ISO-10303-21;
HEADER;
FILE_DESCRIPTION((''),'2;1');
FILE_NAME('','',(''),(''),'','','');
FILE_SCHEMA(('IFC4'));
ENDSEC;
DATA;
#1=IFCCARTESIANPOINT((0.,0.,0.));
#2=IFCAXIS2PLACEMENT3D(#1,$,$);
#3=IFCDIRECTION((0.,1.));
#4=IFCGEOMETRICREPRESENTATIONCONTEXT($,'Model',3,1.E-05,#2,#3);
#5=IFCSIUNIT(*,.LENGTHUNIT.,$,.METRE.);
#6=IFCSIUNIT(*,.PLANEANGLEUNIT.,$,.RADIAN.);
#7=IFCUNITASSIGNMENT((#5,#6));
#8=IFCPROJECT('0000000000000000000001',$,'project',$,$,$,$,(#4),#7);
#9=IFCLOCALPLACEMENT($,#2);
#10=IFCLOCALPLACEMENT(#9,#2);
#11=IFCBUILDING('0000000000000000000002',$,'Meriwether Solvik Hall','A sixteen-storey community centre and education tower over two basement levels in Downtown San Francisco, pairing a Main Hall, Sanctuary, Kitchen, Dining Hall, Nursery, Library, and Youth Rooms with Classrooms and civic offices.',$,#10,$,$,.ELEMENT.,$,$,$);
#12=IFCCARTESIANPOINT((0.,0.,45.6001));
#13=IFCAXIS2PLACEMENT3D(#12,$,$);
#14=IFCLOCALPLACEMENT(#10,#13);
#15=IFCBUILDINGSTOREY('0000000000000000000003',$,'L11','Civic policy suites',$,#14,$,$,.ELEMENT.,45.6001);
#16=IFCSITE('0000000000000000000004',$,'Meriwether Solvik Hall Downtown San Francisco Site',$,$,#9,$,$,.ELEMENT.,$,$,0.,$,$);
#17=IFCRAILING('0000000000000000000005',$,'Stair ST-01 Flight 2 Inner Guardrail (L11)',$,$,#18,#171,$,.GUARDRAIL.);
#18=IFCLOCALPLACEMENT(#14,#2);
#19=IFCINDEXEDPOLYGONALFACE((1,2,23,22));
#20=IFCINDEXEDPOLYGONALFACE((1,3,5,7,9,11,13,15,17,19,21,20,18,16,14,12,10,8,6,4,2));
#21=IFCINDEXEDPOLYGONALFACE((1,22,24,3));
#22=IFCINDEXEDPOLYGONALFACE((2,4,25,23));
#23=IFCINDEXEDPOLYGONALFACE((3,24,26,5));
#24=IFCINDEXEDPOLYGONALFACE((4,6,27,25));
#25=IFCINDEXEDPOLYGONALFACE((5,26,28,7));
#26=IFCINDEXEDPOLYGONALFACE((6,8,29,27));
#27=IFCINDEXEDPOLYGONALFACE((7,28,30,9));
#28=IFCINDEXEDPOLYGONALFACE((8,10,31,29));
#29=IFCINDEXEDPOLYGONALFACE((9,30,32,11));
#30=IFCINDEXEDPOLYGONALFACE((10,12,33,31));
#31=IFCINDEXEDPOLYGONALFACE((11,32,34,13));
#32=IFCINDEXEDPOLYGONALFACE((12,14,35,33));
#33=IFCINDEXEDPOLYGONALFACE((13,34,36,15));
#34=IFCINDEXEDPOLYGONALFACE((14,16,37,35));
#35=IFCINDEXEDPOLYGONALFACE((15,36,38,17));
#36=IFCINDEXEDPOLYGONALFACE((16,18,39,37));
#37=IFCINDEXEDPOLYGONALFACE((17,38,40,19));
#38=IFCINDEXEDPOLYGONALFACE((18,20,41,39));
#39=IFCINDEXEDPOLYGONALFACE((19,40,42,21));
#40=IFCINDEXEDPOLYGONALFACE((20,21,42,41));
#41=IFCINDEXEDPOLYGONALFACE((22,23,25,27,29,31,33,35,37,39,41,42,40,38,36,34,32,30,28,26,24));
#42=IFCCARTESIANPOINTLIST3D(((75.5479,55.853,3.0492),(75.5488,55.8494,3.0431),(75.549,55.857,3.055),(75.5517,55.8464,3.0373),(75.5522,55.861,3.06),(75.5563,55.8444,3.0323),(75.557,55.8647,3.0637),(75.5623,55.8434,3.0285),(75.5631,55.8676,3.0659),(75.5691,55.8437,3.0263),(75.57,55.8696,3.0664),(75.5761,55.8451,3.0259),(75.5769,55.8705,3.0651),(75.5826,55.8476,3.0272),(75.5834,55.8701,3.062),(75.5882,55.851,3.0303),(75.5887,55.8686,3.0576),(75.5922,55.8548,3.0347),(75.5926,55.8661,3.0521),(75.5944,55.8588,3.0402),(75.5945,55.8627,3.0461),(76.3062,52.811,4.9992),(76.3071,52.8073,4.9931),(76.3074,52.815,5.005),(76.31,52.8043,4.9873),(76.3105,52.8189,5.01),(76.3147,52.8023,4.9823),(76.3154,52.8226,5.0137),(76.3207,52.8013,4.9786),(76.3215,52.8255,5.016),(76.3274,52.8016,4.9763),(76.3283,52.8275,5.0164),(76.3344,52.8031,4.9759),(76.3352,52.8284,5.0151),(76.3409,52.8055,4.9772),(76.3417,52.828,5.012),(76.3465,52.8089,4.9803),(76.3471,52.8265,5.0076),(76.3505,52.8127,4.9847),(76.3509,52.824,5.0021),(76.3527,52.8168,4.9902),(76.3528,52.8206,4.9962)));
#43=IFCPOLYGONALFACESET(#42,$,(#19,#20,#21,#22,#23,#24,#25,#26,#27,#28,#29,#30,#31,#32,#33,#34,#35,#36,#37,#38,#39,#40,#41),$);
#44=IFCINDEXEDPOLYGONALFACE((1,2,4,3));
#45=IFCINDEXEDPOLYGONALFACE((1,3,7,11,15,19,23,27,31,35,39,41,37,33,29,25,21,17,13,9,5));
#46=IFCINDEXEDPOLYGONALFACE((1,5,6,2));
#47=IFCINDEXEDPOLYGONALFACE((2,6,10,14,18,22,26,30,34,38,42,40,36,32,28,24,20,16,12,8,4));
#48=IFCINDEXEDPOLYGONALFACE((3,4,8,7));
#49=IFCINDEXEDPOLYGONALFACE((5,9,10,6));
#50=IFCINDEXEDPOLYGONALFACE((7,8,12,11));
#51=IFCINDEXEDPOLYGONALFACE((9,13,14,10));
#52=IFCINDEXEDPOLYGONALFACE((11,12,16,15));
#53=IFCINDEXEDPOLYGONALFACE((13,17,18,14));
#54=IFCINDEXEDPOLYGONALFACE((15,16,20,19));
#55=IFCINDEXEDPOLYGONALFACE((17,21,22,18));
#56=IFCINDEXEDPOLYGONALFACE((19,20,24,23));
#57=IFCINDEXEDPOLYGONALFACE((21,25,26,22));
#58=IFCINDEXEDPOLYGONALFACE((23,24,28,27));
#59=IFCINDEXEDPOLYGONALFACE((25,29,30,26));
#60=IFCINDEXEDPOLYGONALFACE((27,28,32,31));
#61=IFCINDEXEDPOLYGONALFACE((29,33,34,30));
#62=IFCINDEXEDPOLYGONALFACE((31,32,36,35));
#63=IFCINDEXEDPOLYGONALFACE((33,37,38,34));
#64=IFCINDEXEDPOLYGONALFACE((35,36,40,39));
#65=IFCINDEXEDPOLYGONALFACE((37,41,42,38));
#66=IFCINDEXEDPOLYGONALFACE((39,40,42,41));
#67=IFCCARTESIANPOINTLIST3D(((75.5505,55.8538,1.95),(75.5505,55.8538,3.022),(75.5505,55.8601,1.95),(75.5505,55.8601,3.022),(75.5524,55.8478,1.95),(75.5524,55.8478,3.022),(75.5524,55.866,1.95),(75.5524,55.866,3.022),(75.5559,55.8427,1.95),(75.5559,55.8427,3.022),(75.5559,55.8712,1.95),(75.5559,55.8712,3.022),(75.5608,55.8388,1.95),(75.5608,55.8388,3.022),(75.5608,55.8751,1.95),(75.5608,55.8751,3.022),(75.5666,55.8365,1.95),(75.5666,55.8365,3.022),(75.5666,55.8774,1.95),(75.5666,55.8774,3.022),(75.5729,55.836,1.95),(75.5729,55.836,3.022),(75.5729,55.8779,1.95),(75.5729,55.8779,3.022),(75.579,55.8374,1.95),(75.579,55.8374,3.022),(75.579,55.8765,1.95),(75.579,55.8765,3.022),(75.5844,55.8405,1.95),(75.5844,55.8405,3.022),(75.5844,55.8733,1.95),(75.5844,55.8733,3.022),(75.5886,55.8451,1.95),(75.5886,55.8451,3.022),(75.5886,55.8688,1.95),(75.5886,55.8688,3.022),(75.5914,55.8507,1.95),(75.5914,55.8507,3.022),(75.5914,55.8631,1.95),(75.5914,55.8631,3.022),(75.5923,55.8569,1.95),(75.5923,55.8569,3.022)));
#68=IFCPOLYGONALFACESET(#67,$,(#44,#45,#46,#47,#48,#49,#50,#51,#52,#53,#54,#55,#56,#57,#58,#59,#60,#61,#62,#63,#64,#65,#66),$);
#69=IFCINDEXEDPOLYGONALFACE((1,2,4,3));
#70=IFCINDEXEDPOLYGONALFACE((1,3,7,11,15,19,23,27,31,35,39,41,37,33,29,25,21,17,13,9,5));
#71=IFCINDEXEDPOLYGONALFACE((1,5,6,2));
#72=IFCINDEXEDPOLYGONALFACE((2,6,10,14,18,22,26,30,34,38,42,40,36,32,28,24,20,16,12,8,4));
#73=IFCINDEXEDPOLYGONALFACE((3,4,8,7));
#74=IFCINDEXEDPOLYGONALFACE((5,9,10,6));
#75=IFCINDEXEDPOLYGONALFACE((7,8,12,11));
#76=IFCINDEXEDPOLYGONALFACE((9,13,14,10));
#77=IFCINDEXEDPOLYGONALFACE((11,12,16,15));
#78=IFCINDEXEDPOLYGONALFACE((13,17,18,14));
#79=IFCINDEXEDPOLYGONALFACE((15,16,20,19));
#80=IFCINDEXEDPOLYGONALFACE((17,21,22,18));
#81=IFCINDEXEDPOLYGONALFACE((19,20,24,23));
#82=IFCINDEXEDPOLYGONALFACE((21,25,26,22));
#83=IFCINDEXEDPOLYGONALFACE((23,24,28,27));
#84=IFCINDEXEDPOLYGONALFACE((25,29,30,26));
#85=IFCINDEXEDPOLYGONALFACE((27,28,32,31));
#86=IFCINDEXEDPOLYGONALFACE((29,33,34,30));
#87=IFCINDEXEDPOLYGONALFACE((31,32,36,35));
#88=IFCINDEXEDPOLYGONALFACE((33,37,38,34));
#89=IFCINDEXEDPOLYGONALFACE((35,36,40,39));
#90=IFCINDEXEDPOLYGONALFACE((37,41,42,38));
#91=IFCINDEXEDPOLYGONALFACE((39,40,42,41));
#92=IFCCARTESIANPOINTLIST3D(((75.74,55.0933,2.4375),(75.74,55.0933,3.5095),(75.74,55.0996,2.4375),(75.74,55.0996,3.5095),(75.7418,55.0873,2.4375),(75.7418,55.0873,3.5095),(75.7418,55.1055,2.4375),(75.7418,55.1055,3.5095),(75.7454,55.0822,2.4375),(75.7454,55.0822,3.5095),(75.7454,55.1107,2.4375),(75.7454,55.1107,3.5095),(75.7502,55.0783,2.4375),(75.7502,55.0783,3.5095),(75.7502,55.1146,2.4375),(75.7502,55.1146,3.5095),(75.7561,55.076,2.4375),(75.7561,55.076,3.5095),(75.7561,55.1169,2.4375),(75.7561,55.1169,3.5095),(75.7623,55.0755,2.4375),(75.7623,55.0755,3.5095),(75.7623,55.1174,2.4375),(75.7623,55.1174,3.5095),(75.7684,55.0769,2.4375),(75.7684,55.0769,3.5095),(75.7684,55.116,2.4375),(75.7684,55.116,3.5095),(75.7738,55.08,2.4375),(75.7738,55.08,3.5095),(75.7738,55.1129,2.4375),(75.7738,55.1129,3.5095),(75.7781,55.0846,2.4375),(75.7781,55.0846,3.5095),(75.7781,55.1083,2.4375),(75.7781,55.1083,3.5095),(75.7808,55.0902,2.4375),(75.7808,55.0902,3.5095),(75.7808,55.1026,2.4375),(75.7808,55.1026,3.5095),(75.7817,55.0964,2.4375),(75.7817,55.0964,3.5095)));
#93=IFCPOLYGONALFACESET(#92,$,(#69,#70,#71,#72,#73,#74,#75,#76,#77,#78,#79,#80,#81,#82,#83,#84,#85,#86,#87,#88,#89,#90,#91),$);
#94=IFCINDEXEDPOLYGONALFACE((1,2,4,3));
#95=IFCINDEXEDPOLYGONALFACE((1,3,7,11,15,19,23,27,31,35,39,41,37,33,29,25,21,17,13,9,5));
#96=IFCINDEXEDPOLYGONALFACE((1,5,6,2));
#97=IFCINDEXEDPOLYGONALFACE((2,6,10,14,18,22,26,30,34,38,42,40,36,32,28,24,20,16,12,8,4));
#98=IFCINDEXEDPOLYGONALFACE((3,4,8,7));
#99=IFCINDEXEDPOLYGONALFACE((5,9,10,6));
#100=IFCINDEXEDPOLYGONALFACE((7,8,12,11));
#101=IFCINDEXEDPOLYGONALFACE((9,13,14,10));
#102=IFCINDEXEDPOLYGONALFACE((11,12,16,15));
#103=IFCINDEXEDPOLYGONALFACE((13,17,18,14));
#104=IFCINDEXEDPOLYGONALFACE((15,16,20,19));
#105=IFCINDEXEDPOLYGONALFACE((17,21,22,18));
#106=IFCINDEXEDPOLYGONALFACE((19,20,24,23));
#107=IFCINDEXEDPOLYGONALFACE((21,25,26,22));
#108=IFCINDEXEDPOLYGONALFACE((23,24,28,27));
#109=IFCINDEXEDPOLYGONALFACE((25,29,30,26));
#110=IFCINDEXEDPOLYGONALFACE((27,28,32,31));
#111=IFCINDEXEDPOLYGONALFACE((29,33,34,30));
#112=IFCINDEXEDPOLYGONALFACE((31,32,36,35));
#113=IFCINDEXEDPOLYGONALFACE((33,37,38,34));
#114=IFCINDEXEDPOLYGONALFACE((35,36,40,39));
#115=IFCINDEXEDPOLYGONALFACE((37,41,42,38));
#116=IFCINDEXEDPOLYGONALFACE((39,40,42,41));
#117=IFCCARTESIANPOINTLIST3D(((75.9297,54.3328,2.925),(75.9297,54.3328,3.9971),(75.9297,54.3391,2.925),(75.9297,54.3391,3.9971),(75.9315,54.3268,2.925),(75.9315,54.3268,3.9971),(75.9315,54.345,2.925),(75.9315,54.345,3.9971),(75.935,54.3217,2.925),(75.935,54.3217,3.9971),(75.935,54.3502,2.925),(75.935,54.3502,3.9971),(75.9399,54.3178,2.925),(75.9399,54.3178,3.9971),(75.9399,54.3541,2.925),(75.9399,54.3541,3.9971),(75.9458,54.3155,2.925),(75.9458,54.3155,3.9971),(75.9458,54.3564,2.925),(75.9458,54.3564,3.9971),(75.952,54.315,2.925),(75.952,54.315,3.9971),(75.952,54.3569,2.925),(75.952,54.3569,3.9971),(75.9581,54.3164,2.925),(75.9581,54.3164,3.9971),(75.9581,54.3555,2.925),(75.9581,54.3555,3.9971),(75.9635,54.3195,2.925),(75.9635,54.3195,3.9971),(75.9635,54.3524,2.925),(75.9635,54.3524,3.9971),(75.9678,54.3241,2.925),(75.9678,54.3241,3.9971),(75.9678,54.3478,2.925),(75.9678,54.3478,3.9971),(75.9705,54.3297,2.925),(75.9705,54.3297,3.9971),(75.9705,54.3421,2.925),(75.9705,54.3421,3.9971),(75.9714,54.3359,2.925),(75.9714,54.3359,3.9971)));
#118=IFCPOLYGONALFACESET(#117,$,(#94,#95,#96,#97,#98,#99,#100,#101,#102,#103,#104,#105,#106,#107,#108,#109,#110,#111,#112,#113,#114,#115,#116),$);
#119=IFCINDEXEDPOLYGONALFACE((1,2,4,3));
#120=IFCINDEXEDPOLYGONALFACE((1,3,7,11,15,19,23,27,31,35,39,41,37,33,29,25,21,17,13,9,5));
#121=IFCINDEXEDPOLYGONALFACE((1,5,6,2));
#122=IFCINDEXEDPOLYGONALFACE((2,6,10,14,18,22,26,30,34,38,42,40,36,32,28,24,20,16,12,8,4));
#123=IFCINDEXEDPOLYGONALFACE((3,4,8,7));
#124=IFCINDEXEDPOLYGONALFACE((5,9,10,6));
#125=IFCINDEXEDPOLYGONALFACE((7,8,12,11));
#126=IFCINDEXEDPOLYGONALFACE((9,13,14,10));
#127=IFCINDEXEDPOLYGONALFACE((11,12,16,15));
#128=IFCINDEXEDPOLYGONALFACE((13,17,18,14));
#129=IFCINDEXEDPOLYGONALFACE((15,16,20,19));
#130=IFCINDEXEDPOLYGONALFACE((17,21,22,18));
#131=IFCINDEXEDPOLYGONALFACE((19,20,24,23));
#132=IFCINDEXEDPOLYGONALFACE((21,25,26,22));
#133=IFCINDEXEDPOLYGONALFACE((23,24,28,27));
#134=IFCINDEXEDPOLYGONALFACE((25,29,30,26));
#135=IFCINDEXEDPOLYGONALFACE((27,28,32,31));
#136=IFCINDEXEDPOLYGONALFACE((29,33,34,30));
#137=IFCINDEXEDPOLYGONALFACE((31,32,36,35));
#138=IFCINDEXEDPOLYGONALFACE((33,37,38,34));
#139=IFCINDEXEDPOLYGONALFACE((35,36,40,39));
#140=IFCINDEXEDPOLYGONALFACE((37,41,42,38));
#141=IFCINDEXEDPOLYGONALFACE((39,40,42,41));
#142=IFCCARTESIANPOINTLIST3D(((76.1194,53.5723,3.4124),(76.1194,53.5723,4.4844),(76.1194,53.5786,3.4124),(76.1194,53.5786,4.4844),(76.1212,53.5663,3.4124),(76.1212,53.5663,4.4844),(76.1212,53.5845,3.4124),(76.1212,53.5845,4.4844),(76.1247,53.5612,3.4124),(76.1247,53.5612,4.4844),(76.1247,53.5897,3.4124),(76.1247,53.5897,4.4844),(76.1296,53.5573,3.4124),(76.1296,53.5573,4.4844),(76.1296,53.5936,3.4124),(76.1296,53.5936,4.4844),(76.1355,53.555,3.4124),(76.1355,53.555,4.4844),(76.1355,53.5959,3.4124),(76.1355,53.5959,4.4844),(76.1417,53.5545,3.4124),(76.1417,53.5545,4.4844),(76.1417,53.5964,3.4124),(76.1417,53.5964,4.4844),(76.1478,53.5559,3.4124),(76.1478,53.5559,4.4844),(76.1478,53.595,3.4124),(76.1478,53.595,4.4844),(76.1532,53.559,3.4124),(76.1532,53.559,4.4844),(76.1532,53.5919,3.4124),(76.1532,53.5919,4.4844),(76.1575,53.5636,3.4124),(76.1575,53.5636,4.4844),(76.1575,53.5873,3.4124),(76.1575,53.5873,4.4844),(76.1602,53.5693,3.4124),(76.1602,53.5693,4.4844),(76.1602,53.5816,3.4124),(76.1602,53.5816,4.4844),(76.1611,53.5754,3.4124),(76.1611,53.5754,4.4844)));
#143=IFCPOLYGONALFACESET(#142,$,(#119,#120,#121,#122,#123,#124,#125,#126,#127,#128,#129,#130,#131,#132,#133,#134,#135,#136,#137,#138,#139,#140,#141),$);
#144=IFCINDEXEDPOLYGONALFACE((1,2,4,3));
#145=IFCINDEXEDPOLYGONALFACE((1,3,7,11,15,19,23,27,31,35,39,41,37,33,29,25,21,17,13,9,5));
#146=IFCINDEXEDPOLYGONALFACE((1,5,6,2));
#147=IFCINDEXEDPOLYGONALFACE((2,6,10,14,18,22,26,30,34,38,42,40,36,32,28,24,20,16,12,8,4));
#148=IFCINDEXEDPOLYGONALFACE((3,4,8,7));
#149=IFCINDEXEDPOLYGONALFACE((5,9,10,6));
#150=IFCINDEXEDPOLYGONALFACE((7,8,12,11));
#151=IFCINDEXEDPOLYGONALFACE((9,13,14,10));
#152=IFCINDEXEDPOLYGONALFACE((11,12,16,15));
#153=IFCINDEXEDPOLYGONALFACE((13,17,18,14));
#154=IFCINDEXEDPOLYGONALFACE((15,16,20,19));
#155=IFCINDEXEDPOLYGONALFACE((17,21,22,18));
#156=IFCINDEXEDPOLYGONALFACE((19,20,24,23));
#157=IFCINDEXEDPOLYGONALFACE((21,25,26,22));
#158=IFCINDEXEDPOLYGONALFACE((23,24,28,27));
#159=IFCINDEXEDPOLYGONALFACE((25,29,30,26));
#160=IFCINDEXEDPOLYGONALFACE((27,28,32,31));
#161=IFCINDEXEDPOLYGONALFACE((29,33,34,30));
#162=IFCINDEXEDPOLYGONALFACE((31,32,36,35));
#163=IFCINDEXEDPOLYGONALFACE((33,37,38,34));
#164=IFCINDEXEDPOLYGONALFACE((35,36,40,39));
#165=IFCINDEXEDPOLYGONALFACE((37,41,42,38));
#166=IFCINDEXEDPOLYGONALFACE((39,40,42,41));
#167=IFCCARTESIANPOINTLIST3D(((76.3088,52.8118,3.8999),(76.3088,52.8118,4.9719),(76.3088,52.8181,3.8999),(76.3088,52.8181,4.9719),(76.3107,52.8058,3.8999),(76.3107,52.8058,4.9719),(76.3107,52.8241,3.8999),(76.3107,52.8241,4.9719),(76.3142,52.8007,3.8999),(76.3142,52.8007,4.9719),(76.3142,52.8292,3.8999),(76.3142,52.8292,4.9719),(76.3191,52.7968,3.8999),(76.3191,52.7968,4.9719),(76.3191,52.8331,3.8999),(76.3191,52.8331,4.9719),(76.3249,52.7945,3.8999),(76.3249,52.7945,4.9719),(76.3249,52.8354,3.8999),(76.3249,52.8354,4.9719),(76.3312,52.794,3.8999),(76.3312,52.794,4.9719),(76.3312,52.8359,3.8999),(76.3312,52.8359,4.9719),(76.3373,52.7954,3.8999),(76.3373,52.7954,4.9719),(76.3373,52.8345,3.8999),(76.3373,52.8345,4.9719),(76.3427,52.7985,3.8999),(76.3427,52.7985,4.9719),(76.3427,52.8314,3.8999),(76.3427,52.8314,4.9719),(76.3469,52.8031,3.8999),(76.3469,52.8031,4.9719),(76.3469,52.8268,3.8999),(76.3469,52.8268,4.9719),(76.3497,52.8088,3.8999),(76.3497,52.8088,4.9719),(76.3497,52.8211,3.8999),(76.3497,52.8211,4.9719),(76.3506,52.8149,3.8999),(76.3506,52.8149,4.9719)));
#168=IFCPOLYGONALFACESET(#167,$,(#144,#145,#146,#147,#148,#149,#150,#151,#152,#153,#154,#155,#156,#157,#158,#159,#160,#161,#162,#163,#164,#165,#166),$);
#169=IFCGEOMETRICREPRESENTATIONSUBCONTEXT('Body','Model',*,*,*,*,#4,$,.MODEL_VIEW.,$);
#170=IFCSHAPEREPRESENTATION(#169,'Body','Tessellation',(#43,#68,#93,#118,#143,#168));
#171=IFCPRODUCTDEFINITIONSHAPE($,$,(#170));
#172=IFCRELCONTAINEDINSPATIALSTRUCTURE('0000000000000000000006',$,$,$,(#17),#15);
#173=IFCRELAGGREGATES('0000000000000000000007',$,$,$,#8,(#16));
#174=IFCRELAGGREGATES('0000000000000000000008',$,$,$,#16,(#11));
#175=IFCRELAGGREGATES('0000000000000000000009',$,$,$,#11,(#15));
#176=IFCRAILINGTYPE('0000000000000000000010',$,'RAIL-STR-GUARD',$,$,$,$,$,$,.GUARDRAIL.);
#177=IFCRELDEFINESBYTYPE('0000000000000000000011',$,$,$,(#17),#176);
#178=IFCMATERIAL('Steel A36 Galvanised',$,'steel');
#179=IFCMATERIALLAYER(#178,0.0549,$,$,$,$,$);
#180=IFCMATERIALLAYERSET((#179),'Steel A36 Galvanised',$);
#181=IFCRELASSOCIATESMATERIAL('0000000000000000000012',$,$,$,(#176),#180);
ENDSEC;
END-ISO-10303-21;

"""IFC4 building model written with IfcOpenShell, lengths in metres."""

from ifc_helpers import new_model, si_unit, direction, frame, origin, origin_2d, place, context, subcontext, project, spatial, circle, extrude, material, layer, layer_set, type_object, element, save


model = new_model("IFC4")

# Units and contexts
model_context = context("Model", 3, precision=1e-05, world=origin(), true_north=direction((0.0, 1.0)))
body_context = subcontext(model_context, "Body", "Model", "MODEL_VIEW")
ifc_project = project(units=[si_unit("LENGTHUNIT", "METRE"), si_unit("PLANEANGLEUNIT", "RADIAN")], contexts=[model_context])

# Site, building, storey
site_placement = place(None, origin())
site = spatial("IfcSite", under=ifc_project, at=site_placement, Name="Meriwether Solvik Hall Downtown San Francisco Site", CompositionType="ELEMENT", RefElevation=0.0)
building_placement = place(site_placement, origin())
building = spatial("IfcBuilding", under=site, at=building_placement, Name="Meriwether Solvik Hall", Description="A sixteen-storey community centre and education tower over two basement levels in Downtown San Francisco, pairing a Main Hall, Sanctuary, Kitchen, Dining Hall, Nursery, Library, and Youth Rooms with Classrooms and civic offices.", CompositionType="ELEMENT")
storey_placement = place(building_placement, frame((0.0, 0.0, 45.6001)))
storey = spatial("IfcBuildingStorey", under=building, at=storey_placement, Name="L11", Description="Civic policy suites", CompositionType="ELEMENT", Elevation=45.6001)

# Railing
ifc_material_1 = material(Name="Steel A36 Galvanised", Category="steel")
ifc_layer_1 = layer(ifc_material_1, 0.0549)
ifc_layer_set_1 = layer_set([ifc_layer_1], Name="Steel A36 Galvanised")
railing_type_1 = type_object("IfcRailingType", Name="RAIL-STR-GUARD", PredefinedType="GUARDRAIL", material=ifc_layer_set_1)
railing_1_placement = place(storey_placement, frame((75.5713, 55.8569, 1.95)))
element("IfcRailing", 1, at=railing_1_placement, inside=storey, type_object=railing_type_1, Name="Stair ST-01 Flight 2 Inner Guardrail (L11)", PredefinedType="GUARDRAIL", context=body_context, shape_type="SweptSolid", body=[
    extrude(circle(Radius=0.0239, at=origin_2d()), frame((0.0, 0.0, 1.0962), z_axis=(0.205389, -0.823936, 0.528152), x_axis=(0.970307, 0.241876, 0.0)), (0.0, 0.0, 1.0), 3.6921),
    extrude(circle(Radius=0.021, at=origin_2d()), origin(), (0.0, 0.0, 1.0), 1.072),
    extrude(circle(Radius=0.021, at=origin_2d()), frame((0.1895, -0.7605, 0.4875)), (0.0, 0.0, 1.0), 1.072),
    extrude(circle(Radius=0.021, at=origin_2d()), frame((0.3792, -1.521, 0.9751)), (0.0, 0.0, 1.0), 1.072),
    extrude(circle(Radius=0.021, at=origin_2d()), frame((0.5688, -2.2815, 1.4624)), (0.0, 0.0, 1.0), 1.072),
    extrude(circle(Radius=0.021, at=origin_2d()), frame((0.7583, -3.042, 1.95)), (0.0, 0.0, 1.0), 1.072),
])

save(model, "model.ifc")
